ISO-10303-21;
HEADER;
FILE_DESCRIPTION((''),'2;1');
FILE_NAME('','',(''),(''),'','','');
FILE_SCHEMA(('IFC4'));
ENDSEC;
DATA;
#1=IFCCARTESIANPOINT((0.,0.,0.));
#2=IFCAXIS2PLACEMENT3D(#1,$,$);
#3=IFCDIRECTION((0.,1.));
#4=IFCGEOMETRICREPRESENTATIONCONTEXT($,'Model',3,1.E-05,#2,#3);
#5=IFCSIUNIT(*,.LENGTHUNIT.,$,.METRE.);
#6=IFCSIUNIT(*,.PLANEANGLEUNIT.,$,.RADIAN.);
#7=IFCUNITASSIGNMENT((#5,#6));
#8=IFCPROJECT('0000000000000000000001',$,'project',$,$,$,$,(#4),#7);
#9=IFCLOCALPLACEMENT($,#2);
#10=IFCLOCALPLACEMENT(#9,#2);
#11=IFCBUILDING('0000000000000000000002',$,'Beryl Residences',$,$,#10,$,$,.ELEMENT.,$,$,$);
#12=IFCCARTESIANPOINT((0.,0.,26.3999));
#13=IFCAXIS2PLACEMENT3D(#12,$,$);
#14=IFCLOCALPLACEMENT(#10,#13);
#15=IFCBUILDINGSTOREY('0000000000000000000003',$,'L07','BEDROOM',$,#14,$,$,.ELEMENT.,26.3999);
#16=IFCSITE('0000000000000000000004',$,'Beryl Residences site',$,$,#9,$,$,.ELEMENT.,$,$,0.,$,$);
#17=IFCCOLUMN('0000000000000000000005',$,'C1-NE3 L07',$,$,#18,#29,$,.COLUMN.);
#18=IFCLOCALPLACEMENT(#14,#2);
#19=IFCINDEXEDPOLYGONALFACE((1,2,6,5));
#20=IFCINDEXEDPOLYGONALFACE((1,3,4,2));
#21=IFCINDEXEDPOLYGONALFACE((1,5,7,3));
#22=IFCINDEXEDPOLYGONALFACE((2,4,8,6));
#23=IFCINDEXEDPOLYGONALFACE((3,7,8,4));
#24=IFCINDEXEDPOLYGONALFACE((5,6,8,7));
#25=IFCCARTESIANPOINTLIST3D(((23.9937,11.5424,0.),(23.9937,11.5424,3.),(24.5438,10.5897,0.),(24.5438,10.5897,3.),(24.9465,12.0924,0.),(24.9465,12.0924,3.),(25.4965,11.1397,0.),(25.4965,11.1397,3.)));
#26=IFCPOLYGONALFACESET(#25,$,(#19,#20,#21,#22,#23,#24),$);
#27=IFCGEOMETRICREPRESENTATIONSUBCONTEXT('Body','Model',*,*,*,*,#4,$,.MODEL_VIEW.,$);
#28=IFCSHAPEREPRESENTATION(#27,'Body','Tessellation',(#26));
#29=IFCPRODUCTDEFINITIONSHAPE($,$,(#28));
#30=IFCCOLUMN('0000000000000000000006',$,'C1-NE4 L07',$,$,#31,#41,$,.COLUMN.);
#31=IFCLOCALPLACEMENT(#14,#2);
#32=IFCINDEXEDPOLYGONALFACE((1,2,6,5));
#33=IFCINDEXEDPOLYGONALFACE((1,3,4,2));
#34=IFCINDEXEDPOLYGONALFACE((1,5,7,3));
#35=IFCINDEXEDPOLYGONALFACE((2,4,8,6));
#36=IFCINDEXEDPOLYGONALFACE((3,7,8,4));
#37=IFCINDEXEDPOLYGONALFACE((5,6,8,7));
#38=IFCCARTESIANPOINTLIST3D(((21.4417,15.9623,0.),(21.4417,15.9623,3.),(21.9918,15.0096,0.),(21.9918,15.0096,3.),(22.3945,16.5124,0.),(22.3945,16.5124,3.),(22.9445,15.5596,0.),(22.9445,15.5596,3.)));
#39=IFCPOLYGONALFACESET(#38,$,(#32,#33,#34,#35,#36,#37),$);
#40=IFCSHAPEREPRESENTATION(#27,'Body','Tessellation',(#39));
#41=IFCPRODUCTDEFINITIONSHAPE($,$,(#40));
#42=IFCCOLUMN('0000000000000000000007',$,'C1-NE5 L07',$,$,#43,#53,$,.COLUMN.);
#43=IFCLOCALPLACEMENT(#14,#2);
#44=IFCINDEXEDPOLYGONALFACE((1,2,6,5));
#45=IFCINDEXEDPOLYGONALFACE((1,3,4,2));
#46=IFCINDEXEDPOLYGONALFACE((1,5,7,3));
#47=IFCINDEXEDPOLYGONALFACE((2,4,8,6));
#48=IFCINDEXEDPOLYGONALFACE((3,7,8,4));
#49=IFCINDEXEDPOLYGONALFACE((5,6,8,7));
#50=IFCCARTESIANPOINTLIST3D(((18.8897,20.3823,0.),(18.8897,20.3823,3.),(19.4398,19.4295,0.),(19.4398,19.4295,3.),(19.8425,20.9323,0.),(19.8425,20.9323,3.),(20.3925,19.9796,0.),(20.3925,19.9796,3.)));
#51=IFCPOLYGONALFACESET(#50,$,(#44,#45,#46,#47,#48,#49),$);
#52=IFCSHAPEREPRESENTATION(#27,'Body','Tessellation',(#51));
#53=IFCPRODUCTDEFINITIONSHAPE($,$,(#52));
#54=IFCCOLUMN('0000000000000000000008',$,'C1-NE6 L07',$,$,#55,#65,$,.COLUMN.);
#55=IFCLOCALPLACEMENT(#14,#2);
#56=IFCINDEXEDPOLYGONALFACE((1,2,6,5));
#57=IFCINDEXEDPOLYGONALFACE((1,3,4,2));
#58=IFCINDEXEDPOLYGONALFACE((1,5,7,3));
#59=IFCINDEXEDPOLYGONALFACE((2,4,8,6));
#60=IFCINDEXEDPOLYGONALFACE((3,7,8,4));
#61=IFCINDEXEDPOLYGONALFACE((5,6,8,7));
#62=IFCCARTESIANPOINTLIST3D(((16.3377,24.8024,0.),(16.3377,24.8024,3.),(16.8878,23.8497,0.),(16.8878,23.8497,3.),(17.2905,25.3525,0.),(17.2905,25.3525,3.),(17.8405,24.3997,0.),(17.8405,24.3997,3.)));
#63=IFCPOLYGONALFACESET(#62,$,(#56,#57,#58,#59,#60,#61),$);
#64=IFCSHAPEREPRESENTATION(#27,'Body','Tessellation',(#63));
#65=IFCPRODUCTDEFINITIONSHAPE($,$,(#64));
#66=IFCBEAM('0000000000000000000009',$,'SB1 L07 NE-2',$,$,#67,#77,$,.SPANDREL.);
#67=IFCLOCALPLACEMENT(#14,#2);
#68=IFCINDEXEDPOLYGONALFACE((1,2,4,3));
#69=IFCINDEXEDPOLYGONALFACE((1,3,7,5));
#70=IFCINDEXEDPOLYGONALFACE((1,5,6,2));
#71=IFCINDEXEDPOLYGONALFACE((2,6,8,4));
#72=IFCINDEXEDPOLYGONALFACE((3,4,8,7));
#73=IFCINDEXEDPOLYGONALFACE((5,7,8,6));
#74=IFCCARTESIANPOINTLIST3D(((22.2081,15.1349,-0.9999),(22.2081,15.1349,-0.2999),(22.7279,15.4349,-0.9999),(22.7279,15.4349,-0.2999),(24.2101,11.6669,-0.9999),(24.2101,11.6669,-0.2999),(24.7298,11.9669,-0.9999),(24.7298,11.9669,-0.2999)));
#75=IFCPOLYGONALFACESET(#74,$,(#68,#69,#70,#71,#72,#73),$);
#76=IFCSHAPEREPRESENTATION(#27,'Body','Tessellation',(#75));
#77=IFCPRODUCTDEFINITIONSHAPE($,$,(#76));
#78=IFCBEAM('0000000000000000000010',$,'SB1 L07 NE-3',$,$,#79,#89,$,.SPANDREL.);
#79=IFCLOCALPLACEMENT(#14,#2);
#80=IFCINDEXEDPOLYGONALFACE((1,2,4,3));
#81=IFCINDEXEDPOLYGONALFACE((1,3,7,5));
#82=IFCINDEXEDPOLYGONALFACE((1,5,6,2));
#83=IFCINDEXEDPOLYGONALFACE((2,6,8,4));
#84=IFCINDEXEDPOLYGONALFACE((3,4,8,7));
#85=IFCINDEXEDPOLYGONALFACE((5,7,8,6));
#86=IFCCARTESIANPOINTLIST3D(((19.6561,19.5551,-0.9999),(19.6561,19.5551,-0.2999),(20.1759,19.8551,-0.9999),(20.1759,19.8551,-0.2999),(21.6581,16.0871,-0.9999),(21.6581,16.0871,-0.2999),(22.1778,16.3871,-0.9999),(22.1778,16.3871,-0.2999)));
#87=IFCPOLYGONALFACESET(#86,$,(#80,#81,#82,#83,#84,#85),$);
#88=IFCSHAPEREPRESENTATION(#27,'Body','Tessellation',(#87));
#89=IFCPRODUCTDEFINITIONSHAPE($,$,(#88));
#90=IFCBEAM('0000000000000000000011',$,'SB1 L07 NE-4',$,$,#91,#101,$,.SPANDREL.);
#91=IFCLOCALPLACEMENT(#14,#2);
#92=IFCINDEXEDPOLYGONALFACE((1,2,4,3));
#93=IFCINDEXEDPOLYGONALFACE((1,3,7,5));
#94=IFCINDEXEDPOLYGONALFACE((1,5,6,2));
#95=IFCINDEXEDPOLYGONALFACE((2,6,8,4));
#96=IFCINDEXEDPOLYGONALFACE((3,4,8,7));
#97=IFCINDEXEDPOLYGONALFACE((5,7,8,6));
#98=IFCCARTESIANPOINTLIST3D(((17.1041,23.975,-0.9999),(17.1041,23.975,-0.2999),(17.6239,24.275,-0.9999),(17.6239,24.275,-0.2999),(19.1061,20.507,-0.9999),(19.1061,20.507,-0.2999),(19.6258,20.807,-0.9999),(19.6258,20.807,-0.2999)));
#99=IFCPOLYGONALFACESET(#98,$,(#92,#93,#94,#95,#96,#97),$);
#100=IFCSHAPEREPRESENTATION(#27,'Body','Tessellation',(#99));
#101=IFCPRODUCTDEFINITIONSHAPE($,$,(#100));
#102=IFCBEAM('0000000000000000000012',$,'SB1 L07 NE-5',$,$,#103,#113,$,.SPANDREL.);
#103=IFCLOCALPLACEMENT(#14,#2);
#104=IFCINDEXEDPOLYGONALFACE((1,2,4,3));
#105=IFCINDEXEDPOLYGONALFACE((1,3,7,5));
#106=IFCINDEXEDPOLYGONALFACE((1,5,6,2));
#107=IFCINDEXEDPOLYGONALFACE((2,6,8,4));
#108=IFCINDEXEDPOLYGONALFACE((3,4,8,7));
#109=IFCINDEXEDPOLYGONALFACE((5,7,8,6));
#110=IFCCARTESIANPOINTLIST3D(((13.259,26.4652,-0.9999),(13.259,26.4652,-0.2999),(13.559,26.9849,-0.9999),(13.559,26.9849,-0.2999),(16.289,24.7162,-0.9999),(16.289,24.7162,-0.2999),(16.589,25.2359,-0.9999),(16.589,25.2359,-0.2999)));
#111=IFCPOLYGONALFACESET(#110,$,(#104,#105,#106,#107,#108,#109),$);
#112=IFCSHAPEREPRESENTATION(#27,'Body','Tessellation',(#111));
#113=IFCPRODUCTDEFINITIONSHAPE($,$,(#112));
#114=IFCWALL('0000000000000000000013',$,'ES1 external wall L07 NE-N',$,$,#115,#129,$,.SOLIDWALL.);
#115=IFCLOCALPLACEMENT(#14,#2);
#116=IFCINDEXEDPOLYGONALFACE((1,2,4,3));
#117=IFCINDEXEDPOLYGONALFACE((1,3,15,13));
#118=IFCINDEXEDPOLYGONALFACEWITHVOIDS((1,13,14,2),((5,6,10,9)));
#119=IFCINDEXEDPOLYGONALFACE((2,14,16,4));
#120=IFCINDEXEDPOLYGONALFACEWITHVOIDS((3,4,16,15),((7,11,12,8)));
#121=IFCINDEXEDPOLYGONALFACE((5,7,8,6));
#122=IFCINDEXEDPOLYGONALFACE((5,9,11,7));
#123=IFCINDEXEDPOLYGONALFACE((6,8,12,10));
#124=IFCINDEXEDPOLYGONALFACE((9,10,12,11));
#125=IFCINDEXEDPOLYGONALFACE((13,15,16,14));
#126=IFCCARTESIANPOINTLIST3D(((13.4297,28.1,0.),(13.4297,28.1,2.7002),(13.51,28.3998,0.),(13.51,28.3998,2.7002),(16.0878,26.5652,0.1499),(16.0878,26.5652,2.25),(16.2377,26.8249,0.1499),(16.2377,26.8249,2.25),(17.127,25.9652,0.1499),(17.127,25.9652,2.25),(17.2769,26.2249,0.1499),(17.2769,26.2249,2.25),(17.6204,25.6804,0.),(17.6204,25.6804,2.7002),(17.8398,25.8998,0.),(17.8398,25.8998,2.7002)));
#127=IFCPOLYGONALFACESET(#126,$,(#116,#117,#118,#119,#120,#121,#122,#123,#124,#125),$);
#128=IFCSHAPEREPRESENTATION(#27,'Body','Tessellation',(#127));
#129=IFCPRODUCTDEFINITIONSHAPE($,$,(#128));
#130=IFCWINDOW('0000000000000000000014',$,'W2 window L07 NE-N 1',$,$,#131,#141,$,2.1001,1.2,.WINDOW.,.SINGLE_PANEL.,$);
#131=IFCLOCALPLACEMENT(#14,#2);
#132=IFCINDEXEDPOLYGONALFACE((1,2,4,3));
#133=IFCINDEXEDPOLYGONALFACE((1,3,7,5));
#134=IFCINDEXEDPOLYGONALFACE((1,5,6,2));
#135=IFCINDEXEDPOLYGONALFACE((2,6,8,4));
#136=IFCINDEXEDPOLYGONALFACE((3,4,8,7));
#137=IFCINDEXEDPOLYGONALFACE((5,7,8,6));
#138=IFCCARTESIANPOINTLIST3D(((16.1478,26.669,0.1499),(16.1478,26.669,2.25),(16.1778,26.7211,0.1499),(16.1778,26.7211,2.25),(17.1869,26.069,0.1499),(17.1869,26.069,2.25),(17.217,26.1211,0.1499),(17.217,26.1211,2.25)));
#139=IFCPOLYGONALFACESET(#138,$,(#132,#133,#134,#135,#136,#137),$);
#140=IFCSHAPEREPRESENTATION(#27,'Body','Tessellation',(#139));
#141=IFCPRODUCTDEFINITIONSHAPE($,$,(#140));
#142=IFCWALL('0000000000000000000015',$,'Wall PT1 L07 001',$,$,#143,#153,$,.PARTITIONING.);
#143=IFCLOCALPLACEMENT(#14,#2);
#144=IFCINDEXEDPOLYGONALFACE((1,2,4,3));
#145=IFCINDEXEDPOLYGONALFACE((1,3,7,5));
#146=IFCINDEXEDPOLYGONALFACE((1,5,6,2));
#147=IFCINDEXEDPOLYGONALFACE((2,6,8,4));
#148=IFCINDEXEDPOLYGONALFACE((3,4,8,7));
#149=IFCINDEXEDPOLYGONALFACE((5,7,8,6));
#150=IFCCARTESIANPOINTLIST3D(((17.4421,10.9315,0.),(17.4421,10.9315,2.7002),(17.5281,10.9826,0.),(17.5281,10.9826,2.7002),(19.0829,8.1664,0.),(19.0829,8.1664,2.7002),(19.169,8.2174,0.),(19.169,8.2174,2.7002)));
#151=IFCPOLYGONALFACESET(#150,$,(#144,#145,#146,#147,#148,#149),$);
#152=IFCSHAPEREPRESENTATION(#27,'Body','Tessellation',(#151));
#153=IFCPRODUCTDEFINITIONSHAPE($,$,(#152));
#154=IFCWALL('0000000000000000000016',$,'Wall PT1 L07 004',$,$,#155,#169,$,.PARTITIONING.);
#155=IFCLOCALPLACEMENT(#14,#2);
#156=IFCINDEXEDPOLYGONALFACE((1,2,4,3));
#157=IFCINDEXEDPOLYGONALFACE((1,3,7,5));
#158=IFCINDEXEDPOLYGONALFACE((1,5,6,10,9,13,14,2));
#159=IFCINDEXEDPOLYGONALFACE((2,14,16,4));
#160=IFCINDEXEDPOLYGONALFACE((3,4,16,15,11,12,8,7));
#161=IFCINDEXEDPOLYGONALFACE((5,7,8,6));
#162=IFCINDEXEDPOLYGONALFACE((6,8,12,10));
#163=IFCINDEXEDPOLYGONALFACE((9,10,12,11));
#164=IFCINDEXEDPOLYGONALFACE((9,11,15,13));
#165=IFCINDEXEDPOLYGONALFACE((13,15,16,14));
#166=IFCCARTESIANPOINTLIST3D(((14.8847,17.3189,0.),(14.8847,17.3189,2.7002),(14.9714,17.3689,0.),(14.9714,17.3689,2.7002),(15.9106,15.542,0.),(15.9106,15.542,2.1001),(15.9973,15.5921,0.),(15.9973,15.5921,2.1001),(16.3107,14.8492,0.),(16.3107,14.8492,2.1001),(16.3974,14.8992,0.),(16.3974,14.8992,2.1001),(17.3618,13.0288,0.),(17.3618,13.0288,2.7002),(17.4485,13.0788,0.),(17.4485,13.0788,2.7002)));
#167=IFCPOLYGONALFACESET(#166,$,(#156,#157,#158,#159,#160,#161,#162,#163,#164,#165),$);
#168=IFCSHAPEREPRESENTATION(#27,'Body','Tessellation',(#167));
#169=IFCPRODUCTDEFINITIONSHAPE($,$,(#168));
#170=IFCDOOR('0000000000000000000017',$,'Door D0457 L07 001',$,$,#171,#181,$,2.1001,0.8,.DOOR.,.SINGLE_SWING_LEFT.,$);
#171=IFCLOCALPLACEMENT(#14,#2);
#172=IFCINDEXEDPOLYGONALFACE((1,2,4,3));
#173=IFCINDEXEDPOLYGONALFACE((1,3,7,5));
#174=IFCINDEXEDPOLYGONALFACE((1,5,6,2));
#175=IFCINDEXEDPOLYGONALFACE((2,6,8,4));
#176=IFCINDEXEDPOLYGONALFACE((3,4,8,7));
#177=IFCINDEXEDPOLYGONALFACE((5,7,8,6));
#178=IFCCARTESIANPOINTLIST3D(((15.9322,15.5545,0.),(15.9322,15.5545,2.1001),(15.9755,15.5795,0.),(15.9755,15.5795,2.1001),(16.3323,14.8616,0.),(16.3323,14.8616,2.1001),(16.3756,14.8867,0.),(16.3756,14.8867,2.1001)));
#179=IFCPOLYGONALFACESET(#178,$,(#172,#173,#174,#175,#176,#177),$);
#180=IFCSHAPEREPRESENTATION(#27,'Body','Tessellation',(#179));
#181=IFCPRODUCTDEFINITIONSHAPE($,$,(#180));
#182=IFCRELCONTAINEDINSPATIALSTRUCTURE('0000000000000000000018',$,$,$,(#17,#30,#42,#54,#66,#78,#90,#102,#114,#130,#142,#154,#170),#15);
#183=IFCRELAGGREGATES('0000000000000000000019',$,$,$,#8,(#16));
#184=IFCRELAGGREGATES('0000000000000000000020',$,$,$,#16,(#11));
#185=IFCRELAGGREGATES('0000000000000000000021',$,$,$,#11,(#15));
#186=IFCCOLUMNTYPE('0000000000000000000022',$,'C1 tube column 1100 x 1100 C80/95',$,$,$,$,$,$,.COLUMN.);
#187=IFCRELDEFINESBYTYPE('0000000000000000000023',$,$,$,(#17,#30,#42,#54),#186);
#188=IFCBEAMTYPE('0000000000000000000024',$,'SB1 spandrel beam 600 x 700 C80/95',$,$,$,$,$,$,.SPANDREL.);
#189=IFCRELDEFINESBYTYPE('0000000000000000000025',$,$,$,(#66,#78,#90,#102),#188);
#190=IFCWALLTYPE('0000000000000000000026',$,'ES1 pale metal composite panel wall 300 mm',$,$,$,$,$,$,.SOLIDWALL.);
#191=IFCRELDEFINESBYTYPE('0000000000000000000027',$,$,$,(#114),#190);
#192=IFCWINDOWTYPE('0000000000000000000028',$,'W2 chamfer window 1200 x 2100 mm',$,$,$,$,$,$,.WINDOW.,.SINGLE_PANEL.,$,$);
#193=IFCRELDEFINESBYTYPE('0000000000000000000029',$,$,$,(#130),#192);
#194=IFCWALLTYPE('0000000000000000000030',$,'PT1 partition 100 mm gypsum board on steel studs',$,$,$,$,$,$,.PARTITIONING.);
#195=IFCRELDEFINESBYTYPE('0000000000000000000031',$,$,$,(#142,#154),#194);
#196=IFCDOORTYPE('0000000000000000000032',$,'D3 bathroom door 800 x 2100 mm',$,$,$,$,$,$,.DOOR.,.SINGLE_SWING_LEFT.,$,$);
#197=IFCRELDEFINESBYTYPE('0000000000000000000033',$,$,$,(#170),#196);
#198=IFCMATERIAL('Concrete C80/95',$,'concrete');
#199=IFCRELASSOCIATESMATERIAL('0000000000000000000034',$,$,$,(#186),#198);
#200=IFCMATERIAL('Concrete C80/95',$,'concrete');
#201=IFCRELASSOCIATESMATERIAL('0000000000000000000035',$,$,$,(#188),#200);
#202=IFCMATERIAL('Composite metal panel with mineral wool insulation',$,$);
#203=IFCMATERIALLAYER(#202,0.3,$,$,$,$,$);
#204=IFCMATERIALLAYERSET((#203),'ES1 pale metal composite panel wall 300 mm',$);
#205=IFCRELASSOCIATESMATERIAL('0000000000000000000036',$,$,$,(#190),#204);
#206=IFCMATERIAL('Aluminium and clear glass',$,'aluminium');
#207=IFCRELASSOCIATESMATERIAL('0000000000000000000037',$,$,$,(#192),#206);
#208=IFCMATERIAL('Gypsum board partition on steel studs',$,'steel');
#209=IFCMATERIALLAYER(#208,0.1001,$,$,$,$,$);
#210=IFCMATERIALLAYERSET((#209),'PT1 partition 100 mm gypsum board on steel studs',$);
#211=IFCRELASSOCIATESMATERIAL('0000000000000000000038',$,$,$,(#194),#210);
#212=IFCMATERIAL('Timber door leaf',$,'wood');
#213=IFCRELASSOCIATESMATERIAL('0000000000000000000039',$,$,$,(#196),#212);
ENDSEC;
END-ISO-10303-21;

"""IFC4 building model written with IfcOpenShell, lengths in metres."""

from ifc_helpers import new_model, si_unit, direction, frame, frame_2d, origin, origin_2d, place, context, subcontext, project, spatial, polyline, rectangle, outline, extrude, material, layer, layer_set, material_profile, profile_set, type_object, element, fill, save


model = new_model("IFC4")

# Units and contexts
model_context = context("Model", 3, precision=1e-05, world=origin(), true_north=direction((0.0, 1.0)))
body_context = subcontext(model_context, "Body", "Model", "MODEL_VIEW")
ifc_project = project(units=[si_unit("LENGTHUNIT", "METRE"), si_unit("PLANEANGLEUNIT", "RADIAN")], contexts=[model_context])

# Site, building, storey
site_placement = place(None, origin())
site = spatial("IfcSite", under=ifc_project, at=site_placement, Name="Beryl Residences site", CompositionType="ELEMENT", RefElevation=0.0)
building_placement = place(site_placement, origin())
building = spatial("IfcBuilding", under=site, at=building_placement, Name="Beryl Residences", CompositionType="ELEMENT")
storey_placement = place(building_placement, frame((0.0, 0.0, 26.3999)))
storey = spatial("IfcBuildingStorey", under=building, at=storey_placement, Name="L07", Description="BEDROOM", CompositionType="ELEMENT", Elevation=26.3999)

# Columns
ifc_material_1 = material(Name="Concrete C80/95", Category="concrete")
ifc_material_profile_1 = material_profile(ifc_material_1, rectangle(XDim=1.1001, YDim=1.1001, at=origin_2d()))
ifc_profile_set_1 = profile_set([ifc_material_profile_1], Name="Concrete C80/95")
column_type = type_object("IfcColumnType", Name="C1 tube column 1100 x 1100 C80/95", PredefinedType="COLUMN", material=ifc_profile_set_1)
for number, where, z_axis, x_axis, name in (
    (1, (24.7451, 11.3411, 0.0), (0.0, 0.0, 1.0), (-0.499985, 0.866034, 0.0), "C1-NE3 L07"),
    (2, (22.1931, 15.761, 0.0), (0.0, 0.0, 1.0), (-0.499985, 0.866034, 0.0), "C1-NE4 L07"),
    (3, (19.6411, 20.1809, 0.0), (0.0, 0.0, 1.0), (-0.499985, 0.866034, 0.0), "C1-NE5 L07"),
    (4, (17.0891, 24.6011, 0.0), (0.0, 0.0, 1.0), (-0.499985, 0.866034, 0.0), "C1-NE6 L07"),
):
    element("IfcColumn", number, at=place(storey_placement, frame(where, z_axis=z_axis, x_axis=x_axis)), inside=storey, type_object=column_type, Name=name, PredefinedType="COLUMN", context=body_context, shape_type="SweptSolid", body=[
        extrude(rectangle(XDim=1.1001, YDim=1.1001, at=origin_2d()), origin(), (0.0, 0.0, 1.0), 3.0),
    ])

# Beams
ifc_material_2 = material(Name="Concrete C80/95", Category="concrete")
ifc_material_profile_2 = material_profile(ifc_material_2, rectangle(XDim=0.6001, YDim=0.7, at=origin_2d()))
ifc_profile_set_2 = profile_set([ifc_material_profile_2], Name="Concrete C80/95")
beam_type = type_object("IfcBeamType", Name="SB1 spandrel beam 600 x 700 C80/95", PredefinedType="SPANDREL", material=ifc_profile_set_2)
for number, where, z_axis, x_axis, name in (
    (5, (24.47, 11.8169, -0.6499), (-0.499942, 0.866059, 0.0), (-0.866059, -0.499942, 0.0), "SB1 L07 NE-2"),
    (6, (21.918, 16.2371, -0.6499), (-0.499942, 0.866059, 0.0), (-0.866059, -0.499942, 0.0), "SB1 L07 NE-3"),
    (7, (19.366, 20.657, -0.6499), (-0.499942, 0.866059, 0.0), (-0.866059, -0.499942, 0.0), "SB1 L07 NE-4"),
):
    element("IfcBeam", number, at=place(storey_placement, frame(where, z_axis=z_axis, x_axis=x_axis)), inside=storey, type_object=beam_type, Name=name, PredefinedType="SPANDREL", context=body_context, shape_type="SweptSolid", body=[
        extrude(rectangle(XDim=0.6001, YDim=0.7, at=origin_2d()), origin(), (0.0, 0.0, 1.0), 4.0044),
    ])
beam_placement = place(storey_placement, frame((16.439, 24.9761, -0.6499), z_axis=(-0.866071, 0.499922, 0.0), x_axis=(-0.499922, -0.866071, 0.0)))
element("IfcBeam", 8, at=beam_placement, inside=storey, type_object=beam_type, Name="SB1 L07 NE-5", PredefinedType="SPANDREL", context=body_context, shape_type="SweptSolid", body=[
    extrude(rectangle(XDim=0.6001, YDim=0.7, at=origin_2d()), origin(), (0.0, 0.0, 1.0), 3.4985),
])

# Wall, opening, window
ifc_material_3 = material(Name="Composite metal panel with mineral wool insulation")
ifc_layer_1 = layer(ifc_material_3, 0.3)
ifc_layer_set_1 = layer_set([ifc_layer_1], Name="ES1 pale metal composite panel wall 300 mm")
wall_type_1 = type_object("IfcWallType", Name="ES1 pale metal composite panel wall 300 mm", PredefinedType="SOLIDWALL", material=ifc_layer_set_1)
wall_1_placement = place(storey_placement, frame((17.7649, 25.77, 0.0), z_axis=(0.0, 0.0, 1.0), x_axis=(-0.866011, 0.500025, 0.0)))
wall_1 = element("IfcWall", 9, at=wall_1_placement, inside=storey, type_object=wall_type_1, Name="ES1 external wall L07 NE-N", PredefinedType="SOLIDWALL", context=body_context, shape_type="SweptSolid", body=[
    extrude(outline(polyline([(0.0, -0.1499), (4.9998, -0.1499), (4.9194, 0.1499), (0.0803, 0.1499), (0.0, -0.1499)])), origin(), (0.0, 0.0, 1.0), 2.7002),
])
opening_1_placement = place(wall_1_placement, frame((0.6499, 0.0, 0.1499)))
opening_1 = element("IfcOpeningElement", 10, at=opening_1_placement, cuts=wall_1, PredefinedType="OPENING", context=body_context, shape_type="SweptSolid", body=[
    extrude(rectangle(XDim=1.2, YDim=2.1001, at=frame_2d((0.6001, 1.05))), frame((0.0, 0.1599, 0.0), z_axis=(0.0, -1.0, 0.0), x_axis=(1.0, 0.0, 0.0)), (0.0, 0.0, 1.0), 0.3201),
])
ifc_material_4 = material(Name="Aluminium and clear glass", Category="aluminium")
window_type = type_object("IfcWindowType", Name="W2 chamfer window 1200 x 2100 mm", PartitioningType="SINGLE_PANEL", PredefinedType="WINDOW", material=ifc_material_4)
window_placement = place(opening_1_placement, origin())
window = element("IfcWindow", 11, at=window_placement, inside=storey, type_object=window_type, Name="W2 window L07 NE-N 1", OverallHeight=2.1001, OverallWidth=1.2, PartitioningType="SINGLE_PANEL", PredefinedType="WINDOW", context=body_context, shape_type="SweptSolid", body=[
    extrude(rectangle(XDim=1.2, YDim=2.1001, at=frame_2d((0.6001, 1.05))), frame((0.0, 0.03, 0.0), z_axis=(0.0, -1.0, 0.0), x_axis=(1.0, 0.0, 0.0)), (0.0, 0.0, 1.0), 0.0601),
])
fill(opening_1, window)

# Wall
ifc_material_5 = material(Name="Gypsum board partition on steel studs", Category="steel")
ifc_layer_2 = layer(ifc_material_5, 0.1001)
ifc_layer_set_2 = layer_set([ifc_layer_2], Name="PT1 partition 100 mm gypsum board on steel studs")
wall_type_2 = type_object("IfcWallType", Name="PT1 partition 100 mm gypsum board on steel studs", PredefinedType="PARTITIONING", material=ifc_layer_set_2)
wall_2_placement = place(storey_placement, frame((17.4851, 10.957, 0.0), z_axis=(0.0, 0.0, 1.0), x_axis=(0.510325, -0.859982, 0.0)))
element("IfcWall", 12, at=wall_2_placement, inside=storey, type_object=wall_type_2, Name="Wall PT1 L07 001", PredefinedType="PARTITIONING", context=body_context, shape_type="SweptSolid", body=[
    extrude(rectangle(XDim=3.2153, YDim=0.1001, at=frame_2d((1.6077, 0.0))), origin(), (0.0, 0.0, 1.0), 2.7002),
])

# Wall, opening, door
wall_3_placement = place(storey_placement, frame((14.928, 17.344, 0.0), z_axis=(0.0, 0.0, 1.0), x_axis=(0.50003, -0.866008, 0.0)))
wall_3 = element("IfcWall", 13, at=wall_3_placement, inside=storey, type_object=wall_type_2, Name="Wall PT1 L07 004", PredefinedType="PARTITIONING", context=body_context, shape_type="SweptSolid", body=[
    extrude(rectangle(XDim=4.9539, YDim=0.1001, at=frame_2d((2.4771, 0.0))), origin(), (0.0, 0.0, 1.0), 2.7002),
])
opening_2_placement = place(wall_3_placement, frame((2.052, 0.0, 0.0)))
opening_2 = element("IfcOpeningElement", 14, at=opening_2_placement, cuts=wall_3, PredefinedType="OPENING", context=body_context, shape_type="SweptSolid", body=[
    extrude(rectangle(XDim=0.8, YDim=2.1001, at=frame_2d((0.3999, 1.05))), frame((0.0, 0.0601, 0.0), z_axis=(0.0, -1.0, 0.0), x_axis=(1.0, 0.0, 0.0)), (0.0, 0.0, 1.0), 0.1201),
])
ifc_material_6 = material(Name="Timber door leaf", Category="wood")
door_type_1 = type_object("IfcDoorType", Name="D3 bathroom door 800 x 2100 mm", OperationType="SINGLE_SWING_LEFT", PredefinedType="DOOR", material=ifc_material_6)
door_1_placement = place(opening_2_placement, origin())
door_1 = element("IfcDoor", 15, at=door_1_placement, inside=storey, type_object=door_type_1, Name="Door D0457 L07 001", OperationType="SINGLE_SWING_LEFT", OverallHeight=2.1001, OverallWidth=0.8, PredefinedType="DOOR", context=body_context, shape_type="SweptSolid", body=[
    extrude(rectangle(XDim=0.8, YDim=2.1001, at=frame_2d((0.3999, 1.05))), frame((0.0, 0.0249, 0.0), z_axis=(0.0, -1.0, 0.0), x_axis=(1.0, 0.0, 0.0)), (0.0, 0.0, 1.0), 0.05),
])
fill(opening_2, door_1)

save(model, "model.ifc")
